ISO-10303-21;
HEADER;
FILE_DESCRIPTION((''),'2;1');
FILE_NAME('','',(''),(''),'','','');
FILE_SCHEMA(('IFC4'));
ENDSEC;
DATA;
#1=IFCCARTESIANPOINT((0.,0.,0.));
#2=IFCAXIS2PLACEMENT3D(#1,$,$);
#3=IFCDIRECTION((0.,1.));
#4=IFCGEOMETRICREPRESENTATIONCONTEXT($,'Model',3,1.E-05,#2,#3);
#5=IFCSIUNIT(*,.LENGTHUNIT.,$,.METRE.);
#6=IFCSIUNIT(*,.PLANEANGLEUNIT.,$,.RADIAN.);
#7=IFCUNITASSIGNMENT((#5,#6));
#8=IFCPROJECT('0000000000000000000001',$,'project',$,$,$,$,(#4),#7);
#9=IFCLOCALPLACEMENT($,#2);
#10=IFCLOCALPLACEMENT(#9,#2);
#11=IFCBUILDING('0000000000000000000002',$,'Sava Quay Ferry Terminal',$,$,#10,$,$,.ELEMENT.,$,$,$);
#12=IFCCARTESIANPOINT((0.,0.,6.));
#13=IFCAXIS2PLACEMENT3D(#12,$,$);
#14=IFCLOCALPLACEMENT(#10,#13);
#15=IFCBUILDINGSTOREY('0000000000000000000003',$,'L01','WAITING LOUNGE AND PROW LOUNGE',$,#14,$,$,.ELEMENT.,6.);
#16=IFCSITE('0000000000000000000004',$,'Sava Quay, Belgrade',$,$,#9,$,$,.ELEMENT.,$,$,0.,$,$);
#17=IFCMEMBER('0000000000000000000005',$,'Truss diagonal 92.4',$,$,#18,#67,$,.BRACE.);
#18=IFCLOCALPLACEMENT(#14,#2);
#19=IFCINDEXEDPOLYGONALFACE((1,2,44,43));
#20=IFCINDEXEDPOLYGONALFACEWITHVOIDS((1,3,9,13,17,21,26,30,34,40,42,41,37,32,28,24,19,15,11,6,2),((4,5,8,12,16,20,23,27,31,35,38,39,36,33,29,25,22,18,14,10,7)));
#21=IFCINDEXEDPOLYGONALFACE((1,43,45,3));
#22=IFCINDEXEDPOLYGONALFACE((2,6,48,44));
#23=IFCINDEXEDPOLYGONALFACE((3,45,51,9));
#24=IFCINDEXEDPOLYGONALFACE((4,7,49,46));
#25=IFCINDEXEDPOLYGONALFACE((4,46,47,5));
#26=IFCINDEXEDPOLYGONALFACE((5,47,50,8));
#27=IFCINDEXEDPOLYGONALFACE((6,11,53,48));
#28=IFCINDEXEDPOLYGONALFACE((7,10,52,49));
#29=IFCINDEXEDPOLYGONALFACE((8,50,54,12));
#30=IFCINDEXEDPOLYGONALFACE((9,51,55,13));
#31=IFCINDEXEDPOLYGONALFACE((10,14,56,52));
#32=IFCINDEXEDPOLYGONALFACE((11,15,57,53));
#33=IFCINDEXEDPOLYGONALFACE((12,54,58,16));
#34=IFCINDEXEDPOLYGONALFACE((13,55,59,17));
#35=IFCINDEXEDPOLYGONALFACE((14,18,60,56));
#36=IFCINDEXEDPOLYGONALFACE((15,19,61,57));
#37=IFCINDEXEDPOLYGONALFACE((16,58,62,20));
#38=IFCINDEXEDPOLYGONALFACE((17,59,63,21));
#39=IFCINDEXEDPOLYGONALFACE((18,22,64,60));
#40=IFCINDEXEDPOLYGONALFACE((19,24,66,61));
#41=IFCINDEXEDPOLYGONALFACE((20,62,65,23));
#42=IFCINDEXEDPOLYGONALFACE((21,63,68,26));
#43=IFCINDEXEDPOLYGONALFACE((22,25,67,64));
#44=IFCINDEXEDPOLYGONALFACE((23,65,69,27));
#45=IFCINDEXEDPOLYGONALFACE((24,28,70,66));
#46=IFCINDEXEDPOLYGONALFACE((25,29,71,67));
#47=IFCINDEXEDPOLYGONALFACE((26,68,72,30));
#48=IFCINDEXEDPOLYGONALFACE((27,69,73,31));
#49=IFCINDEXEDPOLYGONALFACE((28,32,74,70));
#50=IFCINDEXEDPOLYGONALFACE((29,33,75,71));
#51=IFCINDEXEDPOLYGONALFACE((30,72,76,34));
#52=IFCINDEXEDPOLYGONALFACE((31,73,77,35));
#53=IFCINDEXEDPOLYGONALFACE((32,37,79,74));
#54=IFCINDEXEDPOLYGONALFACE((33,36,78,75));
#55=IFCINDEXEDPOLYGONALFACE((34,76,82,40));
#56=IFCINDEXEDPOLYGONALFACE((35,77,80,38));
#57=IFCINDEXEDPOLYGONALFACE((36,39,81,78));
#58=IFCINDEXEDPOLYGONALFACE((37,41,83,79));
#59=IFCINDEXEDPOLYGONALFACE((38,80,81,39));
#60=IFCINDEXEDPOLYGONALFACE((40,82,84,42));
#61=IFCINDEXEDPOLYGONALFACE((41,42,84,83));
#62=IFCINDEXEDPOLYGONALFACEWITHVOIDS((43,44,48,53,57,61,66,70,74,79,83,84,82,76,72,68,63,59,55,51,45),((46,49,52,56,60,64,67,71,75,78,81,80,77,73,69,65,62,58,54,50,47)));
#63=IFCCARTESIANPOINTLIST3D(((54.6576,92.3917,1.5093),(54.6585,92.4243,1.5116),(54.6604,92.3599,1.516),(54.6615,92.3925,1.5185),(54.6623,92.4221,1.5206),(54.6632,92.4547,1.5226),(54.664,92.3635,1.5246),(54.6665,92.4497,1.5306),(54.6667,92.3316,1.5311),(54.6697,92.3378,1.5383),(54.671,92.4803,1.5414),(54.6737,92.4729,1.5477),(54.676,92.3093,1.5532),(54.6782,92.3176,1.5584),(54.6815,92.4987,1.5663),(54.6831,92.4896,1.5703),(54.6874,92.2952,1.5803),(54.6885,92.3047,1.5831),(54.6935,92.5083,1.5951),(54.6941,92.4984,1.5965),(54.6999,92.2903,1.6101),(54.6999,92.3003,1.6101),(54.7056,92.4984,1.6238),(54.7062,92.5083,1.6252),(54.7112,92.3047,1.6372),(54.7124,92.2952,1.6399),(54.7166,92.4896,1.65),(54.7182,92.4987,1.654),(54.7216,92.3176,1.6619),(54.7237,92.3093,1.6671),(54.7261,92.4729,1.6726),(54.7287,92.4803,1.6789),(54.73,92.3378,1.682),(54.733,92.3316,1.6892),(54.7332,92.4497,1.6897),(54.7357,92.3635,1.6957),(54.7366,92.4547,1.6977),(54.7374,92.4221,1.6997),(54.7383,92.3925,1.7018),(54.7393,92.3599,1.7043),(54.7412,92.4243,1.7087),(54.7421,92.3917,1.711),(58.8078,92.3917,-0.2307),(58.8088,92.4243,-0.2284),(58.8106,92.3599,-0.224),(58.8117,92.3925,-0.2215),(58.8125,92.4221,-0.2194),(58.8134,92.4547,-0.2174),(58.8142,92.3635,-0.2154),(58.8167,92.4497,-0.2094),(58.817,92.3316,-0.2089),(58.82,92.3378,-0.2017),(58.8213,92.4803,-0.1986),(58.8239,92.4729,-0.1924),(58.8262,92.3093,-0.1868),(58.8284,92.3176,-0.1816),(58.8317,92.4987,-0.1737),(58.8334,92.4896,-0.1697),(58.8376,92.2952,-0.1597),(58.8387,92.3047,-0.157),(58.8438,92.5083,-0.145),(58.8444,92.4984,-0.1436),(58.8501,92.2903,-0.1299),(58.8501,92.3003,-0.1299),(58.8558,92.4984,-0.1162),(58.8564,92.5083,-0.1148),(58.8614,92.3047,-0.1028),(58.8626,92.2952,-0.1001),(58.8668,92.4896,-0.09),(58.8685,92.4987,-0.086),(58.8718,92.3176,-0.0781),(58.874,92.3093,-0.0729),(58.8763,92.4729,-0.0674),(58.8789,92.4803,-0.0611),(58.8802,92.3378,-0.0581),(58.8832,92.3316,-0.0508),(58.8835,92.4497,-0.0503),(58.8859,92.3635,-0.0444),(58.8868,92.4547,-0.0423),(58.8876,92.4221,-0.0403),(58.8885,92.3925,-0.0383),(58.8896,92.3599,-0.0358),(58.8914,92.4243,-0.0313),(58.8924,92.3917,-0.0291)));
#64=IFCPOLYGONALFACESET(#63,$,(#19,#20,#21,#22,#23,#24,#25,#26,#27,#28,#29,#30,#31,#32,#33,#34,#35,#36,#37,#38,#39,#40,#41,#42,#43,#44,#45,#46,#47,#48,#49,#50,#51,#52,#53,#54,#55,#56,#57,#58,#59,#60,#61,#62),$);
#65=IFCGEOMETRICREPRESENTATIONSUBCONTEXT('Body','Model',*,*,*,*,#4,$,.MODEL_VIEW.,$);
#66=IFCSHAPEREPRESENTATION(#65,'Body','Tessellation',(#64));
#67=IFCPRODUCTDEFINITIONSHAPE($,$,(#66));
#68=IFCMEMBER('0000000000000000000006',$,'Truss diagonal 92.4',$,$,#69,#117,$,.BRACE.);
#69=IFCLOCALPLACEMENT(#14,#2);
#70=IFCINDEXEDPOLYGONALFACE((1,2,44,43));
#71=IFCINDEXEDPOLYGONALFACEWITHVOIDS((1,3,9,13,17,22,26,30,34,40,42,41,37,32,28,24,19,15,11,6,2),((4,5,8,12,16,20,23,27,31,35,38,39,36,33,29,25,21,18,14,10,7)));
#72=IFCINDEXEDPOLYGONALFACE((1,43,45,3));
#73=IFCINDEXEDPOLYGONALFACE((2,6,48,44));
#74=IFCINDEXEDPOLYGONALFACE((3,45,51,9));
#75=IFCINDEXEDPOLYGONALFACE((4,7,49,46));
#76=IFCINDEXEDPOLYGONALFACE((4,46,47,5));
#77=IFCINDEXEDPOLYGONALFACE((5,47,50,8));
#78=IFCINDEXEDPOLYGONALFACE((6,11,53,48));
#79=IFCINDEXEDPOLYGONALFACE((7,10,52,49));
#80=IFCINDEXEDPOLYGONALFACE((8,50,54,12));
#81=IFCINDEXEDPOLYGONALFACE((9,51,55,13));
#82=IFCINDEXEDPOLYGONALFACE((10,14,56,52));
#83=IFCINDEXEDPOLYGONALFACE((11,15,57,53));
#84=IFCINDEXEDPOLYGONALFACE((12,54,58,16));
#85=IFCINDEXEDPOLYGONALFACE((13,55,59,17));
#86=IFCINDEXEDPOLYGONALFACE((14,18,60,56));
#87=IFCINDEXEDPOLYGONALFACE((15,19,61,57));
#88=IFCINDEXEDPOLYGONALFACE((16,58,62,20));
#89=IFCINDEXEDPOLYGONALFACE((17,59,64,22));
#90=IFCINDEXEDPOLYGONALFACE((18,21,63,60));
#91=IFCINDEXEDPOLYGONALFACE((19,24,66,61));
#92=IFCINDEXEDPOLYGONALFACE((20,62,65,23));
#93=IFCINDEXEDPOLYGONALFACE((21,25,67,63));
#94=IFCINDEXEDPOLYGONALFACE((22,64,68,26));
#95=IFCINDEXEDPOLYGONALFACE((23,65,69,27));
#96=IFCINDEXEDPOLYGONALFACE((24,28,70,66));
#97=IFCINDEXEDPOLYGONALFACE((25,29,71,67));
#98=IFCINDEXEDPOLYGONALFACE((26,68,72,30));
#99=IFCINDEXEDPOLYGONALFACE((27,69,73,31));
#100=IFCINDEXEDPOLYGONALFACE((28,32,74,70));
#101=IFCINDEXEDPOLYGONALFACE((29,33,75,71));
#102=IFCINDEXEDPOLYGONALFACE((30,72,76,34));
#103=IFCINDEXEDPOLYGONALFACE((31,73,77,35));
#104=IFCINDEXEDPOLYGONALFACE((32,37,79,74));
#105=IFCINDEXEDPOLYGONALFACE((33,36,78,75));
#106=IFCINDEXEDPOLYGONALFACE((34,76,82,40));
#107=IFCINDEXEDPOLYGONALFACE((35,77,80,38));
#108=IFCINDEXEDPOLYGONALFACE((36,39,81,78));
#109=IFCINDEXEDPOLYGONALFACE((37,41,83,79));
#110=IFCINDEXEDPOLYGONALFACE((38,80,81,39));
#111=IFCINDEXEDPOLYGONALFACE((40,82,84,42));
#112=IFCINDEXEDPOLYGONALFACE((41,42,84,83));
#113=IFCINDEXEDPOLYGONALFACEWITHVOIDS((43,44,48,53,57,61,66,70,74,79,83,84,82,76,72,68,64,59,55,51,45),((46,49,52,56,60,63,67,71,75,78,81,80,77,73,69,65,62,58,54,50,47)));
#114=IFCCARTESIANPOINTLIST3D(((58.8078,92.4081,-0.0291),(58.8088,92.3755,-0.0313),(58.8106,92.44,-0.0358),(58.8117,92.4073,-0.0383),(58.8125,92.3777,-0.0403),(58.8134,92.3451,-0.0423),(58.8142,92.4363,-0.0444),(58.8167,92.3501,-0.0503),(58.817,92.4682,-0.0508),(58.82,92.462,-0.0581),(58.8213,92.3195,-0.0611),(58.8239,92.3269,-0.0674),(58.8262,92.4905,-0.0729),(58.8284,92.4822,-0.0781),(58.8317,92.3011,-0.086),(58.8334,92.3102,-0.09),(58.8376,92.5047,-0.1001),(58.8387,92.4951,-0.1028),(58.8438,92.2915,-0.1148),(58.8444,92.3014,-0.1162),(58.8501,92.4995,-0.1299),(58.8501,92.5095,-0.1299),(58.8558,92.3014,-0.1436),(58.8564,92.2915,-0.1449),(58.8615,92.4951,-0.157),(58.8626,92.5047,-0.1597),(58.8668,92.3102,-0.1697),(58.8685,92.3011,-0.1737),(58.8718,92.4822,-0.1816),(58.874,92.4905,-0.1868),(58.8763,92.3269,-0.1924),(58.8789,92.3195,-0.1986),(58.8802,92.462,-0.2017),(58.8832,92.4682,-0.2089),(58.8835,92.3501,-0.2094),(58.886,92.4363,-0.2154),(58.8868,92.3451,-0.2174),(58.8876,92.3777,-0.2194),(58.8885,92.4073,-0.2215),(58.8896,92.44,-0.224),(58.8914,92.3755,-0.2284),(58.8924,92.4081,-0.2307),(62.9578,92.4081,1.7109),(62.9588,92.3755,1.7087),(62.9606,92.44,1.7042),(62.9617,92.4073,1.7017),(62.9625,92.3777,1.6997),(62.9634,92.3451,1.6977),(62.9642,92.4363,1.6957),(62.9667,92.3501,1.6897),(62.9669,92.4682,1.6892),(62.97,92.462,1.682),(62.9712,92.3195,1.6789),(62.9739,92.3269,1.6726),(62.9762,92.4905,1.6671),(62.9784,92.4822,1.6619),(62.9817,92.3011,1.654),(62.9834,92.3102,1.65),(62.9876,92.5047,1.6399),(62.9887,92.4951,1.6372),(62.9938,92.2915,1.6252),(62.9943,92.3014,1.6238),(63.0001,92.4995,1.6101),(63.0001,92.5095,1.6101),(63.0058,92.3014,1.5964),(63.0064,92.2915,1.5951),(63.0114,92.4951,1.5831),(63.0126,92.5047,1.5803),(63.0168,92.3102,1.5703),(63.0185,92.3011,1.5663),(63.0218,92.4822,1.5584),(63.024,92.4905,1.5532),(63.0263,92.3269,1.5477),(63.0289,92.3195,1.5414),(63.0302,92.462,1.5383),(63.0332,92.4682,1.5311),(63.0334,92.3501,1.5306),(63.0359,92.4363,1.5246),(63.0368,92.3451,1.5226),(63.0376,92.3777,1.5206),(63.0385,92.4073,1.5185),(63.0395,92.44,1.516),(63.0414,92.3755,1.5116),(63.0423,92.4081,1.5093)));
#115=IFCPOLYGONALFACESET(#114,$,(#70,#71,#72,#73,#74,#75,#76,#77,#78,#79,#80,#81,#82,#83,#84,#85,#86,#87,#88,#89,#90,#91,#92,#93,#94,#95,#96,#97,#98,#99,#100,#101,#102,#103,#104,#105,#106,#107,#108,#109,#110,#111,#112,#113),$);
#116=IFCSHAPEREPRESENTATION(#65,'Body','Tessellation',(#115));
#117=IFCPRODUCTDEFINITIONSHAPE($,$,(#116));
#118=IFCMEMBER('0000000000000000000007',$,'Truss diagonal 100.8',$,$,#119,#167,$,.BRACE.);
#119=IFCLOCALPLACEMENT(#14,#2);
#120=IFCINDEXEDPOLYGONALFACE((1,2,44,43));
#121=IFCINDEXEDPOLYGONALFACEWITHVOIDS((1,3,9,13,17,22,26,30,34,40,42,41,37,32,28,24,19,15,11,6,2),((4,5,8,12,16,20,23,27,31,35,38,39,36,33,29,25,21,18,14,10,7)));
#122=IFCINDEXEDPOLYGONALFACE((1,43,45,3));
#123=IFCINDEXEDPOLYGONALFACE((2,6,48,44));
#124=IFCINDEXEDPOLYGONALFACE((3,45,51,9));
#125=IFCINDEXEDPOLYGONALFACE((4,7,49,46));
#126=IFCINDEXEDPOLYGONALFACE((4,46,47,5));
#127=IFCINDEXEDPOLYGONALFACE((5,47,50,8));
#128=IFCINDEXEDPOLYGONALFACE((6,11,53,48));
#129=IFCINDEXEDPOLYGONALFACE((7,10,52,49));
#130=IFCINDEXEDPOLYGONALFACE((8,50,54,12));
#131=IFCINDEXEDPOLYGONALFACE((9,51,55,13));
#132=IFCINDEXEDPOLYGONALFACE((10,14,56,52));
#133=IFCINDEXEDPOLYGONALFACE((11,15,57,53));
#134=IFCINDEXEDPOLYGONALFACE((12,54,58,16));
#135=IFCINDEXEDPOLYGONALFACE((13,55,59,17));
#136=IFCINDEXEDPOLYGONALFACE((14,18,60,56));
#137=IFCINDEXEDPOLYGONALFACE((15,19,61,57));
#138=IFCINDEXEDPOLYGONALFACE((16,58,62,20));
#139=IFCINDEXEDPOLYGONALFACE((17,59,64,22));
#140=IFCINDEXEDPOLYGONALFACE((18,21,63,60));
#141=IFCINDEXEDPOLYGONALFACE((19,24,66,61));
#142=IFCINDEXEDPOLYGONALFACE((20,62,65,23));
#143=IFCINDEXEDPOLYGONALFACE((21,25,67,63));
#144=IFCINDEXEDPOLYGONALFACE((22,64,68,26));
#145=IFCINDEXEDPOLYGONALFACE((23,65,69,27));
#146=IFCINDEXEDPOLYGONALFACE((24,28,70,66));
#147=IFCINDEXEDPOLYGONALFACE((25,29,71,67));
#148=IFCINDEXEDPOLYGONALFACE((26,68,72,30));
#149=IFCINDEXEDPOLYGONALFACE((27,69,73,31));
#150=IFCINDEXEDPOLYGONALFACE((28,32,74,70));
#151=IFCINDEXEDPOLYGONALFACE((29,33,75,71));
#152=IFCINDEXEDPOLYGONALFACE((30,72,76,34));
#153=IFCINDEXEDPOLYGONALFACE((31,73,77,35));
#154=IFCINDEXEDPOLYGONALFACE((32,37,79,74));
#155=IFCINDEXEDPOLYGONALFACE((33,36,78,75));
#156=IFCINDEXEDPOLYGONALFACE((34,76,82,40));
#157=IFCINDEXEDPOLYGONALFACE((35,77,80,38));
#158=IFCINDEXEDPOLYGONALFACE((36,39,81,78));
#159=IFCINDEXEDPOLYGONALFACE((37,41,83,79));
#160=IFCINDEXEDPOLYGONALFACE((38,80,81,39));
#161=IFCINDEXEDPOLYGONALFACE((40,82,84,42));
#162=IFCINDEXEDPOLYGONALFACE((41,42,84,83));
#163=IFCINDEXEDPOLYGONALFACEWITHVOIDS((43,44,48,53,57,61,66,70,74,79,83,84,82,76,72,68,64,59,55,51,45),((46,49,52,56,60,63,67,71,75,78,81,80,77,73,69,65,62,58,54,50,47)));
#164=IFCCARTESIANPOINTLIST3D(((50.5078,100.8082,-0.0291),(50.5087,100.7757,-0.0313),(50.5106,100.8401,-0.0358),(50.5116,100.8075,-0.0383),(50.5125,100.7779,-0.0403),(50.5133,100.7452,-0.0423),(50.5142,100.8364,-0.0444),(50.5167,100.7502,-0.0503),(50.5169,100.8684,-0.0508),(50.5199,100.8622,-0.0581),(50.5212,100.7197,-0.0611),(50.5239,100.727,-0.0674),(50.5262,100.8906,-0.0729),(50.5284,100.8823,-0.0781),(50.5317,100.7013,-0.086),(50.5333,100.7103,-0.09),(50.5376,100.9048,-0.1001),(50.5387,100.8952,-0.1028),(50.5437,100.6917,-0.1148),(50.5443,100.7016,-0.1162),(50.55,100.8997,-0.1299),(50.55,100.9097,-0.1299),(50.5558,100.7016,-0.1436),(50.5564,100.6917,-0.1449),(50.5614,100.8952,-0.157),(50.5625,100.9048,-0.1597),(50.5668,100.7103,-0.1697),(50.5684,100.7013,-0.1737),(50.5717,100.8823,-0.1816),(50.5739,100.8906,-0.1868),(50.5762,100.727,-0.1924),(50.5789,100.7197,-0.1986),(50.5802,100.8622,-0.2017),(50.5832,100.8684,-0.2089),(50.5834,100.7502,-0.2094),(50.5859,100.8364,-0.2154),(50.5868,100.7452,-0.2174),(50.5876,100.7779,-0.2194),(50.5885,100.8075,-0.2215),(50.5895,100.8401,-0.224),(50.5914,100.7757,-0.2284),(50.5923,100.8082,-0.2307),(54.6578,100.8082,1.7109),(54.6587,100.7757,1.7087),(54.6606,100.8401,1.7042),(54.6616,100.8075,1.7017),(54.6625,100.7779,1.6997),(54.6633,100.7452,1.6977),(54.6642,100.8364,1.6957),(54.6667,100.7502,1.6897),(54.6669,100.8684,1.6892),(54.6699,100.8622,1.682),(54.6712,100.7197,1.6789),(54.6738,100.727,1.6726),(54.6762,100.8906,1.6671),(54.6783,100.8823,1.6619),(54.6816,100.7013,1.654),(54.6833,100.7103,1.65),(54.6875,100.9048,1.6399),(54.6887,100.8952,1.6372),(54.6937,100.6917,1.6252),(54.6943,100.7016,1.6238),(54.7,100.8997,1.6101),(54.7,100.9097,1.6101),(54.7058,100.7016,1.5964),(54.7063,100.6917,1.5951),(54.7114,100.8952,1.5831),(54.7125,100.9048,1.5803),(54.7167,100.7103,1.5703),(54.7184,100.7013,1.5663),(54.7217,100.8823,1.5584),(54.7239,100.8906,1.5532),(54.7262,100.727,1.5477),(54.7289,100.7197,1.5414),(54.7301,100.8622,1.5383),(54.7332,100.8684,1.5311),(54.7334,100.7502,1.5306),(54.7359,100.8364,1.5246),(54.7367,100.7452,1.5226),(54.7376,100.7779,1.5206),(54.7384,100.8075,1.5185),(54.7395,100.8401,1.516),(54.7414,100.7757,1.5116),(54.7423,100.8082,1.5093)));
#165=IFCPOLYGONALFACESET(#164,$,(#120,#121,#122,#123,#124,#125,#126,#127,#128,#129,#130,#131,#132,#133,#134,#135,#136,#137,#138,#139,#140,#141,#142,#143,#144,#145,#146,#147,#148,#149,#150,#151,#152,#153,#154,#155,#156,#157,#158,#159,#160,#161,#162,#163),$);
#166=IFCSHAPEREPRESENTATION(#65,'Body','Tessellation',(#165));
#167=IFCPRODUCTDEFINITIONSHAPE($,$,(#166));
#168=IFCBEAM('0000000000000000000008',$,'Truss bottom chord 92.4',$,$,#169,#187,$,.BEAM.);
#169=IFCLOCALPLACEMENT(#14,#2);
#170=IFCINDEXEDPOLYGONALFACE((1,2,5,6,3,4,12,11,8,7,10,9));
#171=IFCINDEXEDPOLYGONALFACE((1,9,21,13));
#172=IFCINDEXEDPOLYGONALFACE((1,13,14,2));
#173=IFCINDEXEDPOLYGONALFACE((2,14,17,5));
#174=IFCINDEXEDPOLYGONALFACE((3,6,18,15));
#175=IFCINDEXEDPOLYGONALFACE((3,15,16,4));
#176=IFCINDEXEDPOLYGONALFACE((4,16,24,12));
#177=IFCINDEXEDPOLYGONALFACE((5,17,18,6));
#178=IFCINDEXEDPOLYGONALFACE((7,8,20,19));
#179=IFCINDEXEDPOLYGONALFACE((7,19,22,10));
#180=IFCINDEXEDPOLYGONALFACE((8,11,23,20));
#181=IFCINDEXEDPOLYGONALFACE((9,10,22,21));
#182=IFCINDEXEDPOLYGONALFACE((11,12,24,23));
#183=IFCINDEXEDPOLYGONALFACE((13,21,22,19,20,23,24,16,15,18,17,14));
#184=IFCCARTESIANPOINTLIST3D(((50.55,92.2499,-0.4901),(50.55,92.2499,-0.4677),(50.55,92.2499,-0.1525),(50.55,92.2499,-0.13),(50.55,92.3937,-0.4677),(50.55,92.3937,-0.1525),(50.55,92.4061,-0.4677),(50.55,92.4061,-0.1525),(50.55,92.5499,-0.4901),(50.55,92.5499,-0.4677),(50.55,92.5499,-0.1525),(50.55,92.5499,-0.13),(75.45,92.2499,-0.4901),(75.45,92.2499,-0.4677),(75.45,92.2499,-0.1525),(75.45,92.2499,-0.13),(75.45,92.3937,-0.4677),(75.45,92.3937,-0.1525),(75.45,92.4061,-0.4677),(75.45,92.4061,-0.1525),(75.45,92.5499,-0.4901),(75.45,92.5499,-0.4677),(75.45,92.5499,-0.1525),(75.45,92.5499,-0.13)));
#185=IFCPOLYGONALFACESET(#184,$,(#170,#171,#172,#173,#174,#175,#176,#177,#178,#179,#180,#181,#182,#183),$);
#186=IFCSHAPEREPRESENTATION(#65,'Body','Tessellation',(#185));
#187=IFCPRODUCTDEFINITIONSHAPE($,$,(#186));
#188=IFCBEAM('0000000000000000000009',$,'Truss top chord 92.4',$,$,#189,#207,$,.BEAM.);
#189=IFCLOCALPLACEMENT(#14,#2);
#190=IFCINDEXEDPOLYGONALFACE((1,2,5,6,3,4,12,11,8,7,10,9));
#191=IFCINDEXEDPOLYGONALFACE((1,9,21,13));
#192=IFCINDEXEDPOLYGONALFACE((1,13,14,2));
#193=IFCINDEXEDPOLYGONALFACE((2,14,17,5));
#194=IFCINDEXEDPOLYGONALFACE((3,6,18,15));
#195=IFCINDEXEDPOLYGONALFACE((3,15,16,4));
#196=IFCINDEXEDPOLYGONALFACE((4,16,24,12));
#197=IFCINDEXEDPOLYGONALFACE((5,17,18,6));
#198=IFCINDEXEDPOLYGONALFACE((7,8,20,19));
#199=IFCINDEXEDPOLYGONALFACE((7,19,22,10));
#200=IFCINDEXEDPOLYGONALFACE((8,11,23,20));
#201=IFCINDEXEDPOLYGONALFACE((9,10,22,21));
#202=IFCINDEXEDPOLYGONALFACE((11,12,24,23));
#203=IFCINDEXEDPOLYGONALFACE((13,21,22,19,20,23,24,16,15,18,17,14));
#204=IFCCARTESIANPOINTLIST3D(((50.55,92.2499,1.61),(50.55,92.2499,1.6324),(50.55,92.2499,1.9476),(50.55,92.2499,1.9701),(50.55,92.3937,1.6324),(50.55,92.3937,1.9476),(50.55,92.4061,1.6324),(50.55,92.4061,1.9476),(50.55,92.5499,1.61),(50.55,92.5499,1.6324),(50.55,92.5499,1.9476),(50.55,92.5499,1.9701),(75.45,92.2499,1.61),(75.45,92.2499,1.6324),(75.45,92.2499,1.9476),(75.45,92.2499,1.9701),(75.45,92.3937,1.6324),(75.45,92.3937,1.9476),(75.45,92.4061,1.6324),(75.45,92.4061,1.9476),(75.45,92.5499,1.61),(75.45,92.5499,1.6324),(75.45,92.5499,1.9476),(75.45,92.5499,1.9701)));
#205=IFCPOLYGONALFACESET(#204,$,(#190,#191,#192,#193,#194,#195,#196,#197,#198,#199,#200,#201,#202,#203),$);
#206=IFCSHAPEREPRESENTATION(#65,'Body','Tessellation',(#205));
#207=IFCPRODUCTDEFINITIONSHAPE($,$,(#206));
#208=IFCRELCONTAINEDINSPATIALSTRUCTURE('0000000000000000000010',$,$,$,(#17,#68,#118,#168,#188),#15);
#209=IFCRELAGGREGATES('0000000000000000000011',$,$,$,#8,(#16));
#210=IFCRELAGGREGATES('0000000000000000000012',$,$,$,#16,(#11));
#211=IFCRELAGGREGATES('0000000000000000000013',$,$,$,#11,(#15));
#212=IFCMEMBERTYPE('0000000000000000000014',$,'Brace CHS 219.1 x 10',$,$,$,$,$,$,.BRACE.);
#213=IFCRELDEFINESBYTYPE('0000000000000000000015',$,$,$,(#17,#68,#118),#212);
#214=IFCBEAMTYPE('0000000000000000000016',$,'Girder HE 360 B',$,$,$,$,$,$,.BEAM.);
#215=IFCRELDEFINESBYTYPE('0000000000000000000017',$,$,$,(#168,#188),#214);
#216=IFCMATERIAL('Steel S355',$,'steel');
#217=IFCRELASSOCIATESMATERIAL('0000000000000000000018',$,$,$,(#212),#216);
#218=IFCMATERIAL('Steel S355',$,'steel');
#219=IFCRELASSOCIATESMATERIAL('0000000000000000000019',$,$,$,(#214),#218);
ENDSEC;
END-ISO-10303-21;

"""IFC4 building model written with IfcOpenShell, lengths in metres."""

from ifc_helpers import new_model, si_unit, direction, frame, origin, origin_2d, place, context, subcontext, project, spatial, hollow_circle, i_section, extrude, material, material_profile, profile_set, type_object, element, save


model = new_model("IFC4")

# Units and contexts
model_context = context("Model", 3, precision=1e-05, world=origin(), true_north=direction((0.0, 1.0)))
body_context = subcontext(model_context, "Body", "Model", "MODEL_VIEW")
ifc_project = project(units=[si_unit("LENGTHUNIT", "METRE"), si_unit("PLANEANGLEUNIT", "RADIAN")], contexts=[model_context])

# Site, building, storey
site_placement = place(None, origin())
site = spatial("IfcSite", under=ifc_project, at=site_placement, Name="Sava Quay, Belgrade", CompositionType="ELEMENT", RefElevation=0.0)
building_placement = place(site_placement, origin())
building = spatial("IfcBuilding", under=site, at=building_placement, Name="Sava Quay Ferry Terminal", CompositionType="ELEMENT")
storey_placement = place(building_placement, frame((0.0, 0.0, 6.0)))
storey = spatial("IfcBuildingStorey", under=building, at=storey_placement, Name="L01", Description="WAITING LOUNGE AND PROW LOUNGE", CompositionType="ELEMENT", Elevation=6.0)

# Members
ifc_material_1 = material(Name="Steel S355", Category="steel")
ifc_material_profile_1 = material_profile(ifc_material_1, hollow_circle(Radius=0.1096, WallThickness=0.01, at=origin_2d()), Name="CHS 219.1 x 10")
ifc_profile_set_1 = profile_set([ifc_material_profile_1], Name="Steel S355")
member_type_1 = type_object("IfcMemberType", Name="Brace CHS 219.1 x 10", PredefinedType="BRACE", material=ifc_profile_set_1)
member_1_placement = place(storey_placement, frame((58.8501, 92.3999, -0.1299), z_axis=(-0.922226, 0.0, 0.386652), x_axis=(0.0, -1.0, 0.0)))
element("IfcMember", 1, at=member_1_placement, inside=storey, type_object=member_type_1, Name="Truss diagonal 92.4", PredefinedType="BRACE", context=body_context, shape_type="SweptSolid", body=[
    extrude(hollow_circle(Radius=0.1096, WallThickness=0.01, at=origin_2d()), origin(), (0.0, 0.0, 1.0), 4.5002),
])
for number, where, z_axis, x_axis, name in (
    (2, (58.8501, 92.3999, -0.1299), (0.922217, 0.0, 0.386672), (0.0, 1.0, 0.0), "Truss diagonal 92.4"),
    (3, (50.55, 100.8, -0.1299), (0.922217, 0.0, 0.386672), (0.0, 1.0, 0.0), "Truss diagonal 100.8"),
):
    element("IfcMember", number, at=place(storey_placement, frame(where, z_axis=z_axis, x_axis=x_axis)), inside=storey, type_object=member_type_1, Name=name, PredefinedType="BRACE", context=body_context, shape_type="SweptSolid", body=[
        extrude(hollow_circle(Radius=0.1096, WallThickness=0.01, at=origin_2d()), origin(), (0.0, 0.0, 1.0), 4.5),
    ])

# Beams
ifc_material_2 = material(Name="Steel S355", Category="steel")
ifc_material_profile_2 = material_profile(ifc_material_2, i_section(OverallWidth=0.3, OverallDepth=0.3601, WebThickness=0.0125, FlangeThickness=0.0225, at=origin_2d()), Name="HE 360 B")
ifc_profile_set_2 = profile_set([ifc_material_profile_2], Name="Steel S355")
beam_type_1 = type_object("IfcBeamType", Name="Girder HE 360 B", PredefinedType="BEAM", material=ifc_profile_set_2)
for number, where, z_axis, x_axis, name in (
    (4, (50.55, 92.3999, -0.3101), (1.0, 0.0, 0.0), (0.0, 1.0, 0.0), "Truss bottom chord 92.4"),
    (5, (50.55, 92.3999, 1.79), (1.0, 0.0, 0.0), (0.0, 1.0, 0.0), "Truss top chord 92.4"),
):
    element("IfcBeam", number, at=place(storey_placement, frame(where, z_axis=z_axis, x_axis=x_axis)), inside=storey, type_object=beam_type_1, Name=name, PredefinedType="BEAM", context=body_context, shape_type="SweptSolid", body=[
        extrude(i_section(OverallWidth=0.3, OverallDepth=0.3601, WebThickness=0.0125, FlangeThickness=0.0225, at=origin_2d()), origin(), (0.0, 0.0, 1.0), 24.8999),
    ])

save(model, "model.ifc")
